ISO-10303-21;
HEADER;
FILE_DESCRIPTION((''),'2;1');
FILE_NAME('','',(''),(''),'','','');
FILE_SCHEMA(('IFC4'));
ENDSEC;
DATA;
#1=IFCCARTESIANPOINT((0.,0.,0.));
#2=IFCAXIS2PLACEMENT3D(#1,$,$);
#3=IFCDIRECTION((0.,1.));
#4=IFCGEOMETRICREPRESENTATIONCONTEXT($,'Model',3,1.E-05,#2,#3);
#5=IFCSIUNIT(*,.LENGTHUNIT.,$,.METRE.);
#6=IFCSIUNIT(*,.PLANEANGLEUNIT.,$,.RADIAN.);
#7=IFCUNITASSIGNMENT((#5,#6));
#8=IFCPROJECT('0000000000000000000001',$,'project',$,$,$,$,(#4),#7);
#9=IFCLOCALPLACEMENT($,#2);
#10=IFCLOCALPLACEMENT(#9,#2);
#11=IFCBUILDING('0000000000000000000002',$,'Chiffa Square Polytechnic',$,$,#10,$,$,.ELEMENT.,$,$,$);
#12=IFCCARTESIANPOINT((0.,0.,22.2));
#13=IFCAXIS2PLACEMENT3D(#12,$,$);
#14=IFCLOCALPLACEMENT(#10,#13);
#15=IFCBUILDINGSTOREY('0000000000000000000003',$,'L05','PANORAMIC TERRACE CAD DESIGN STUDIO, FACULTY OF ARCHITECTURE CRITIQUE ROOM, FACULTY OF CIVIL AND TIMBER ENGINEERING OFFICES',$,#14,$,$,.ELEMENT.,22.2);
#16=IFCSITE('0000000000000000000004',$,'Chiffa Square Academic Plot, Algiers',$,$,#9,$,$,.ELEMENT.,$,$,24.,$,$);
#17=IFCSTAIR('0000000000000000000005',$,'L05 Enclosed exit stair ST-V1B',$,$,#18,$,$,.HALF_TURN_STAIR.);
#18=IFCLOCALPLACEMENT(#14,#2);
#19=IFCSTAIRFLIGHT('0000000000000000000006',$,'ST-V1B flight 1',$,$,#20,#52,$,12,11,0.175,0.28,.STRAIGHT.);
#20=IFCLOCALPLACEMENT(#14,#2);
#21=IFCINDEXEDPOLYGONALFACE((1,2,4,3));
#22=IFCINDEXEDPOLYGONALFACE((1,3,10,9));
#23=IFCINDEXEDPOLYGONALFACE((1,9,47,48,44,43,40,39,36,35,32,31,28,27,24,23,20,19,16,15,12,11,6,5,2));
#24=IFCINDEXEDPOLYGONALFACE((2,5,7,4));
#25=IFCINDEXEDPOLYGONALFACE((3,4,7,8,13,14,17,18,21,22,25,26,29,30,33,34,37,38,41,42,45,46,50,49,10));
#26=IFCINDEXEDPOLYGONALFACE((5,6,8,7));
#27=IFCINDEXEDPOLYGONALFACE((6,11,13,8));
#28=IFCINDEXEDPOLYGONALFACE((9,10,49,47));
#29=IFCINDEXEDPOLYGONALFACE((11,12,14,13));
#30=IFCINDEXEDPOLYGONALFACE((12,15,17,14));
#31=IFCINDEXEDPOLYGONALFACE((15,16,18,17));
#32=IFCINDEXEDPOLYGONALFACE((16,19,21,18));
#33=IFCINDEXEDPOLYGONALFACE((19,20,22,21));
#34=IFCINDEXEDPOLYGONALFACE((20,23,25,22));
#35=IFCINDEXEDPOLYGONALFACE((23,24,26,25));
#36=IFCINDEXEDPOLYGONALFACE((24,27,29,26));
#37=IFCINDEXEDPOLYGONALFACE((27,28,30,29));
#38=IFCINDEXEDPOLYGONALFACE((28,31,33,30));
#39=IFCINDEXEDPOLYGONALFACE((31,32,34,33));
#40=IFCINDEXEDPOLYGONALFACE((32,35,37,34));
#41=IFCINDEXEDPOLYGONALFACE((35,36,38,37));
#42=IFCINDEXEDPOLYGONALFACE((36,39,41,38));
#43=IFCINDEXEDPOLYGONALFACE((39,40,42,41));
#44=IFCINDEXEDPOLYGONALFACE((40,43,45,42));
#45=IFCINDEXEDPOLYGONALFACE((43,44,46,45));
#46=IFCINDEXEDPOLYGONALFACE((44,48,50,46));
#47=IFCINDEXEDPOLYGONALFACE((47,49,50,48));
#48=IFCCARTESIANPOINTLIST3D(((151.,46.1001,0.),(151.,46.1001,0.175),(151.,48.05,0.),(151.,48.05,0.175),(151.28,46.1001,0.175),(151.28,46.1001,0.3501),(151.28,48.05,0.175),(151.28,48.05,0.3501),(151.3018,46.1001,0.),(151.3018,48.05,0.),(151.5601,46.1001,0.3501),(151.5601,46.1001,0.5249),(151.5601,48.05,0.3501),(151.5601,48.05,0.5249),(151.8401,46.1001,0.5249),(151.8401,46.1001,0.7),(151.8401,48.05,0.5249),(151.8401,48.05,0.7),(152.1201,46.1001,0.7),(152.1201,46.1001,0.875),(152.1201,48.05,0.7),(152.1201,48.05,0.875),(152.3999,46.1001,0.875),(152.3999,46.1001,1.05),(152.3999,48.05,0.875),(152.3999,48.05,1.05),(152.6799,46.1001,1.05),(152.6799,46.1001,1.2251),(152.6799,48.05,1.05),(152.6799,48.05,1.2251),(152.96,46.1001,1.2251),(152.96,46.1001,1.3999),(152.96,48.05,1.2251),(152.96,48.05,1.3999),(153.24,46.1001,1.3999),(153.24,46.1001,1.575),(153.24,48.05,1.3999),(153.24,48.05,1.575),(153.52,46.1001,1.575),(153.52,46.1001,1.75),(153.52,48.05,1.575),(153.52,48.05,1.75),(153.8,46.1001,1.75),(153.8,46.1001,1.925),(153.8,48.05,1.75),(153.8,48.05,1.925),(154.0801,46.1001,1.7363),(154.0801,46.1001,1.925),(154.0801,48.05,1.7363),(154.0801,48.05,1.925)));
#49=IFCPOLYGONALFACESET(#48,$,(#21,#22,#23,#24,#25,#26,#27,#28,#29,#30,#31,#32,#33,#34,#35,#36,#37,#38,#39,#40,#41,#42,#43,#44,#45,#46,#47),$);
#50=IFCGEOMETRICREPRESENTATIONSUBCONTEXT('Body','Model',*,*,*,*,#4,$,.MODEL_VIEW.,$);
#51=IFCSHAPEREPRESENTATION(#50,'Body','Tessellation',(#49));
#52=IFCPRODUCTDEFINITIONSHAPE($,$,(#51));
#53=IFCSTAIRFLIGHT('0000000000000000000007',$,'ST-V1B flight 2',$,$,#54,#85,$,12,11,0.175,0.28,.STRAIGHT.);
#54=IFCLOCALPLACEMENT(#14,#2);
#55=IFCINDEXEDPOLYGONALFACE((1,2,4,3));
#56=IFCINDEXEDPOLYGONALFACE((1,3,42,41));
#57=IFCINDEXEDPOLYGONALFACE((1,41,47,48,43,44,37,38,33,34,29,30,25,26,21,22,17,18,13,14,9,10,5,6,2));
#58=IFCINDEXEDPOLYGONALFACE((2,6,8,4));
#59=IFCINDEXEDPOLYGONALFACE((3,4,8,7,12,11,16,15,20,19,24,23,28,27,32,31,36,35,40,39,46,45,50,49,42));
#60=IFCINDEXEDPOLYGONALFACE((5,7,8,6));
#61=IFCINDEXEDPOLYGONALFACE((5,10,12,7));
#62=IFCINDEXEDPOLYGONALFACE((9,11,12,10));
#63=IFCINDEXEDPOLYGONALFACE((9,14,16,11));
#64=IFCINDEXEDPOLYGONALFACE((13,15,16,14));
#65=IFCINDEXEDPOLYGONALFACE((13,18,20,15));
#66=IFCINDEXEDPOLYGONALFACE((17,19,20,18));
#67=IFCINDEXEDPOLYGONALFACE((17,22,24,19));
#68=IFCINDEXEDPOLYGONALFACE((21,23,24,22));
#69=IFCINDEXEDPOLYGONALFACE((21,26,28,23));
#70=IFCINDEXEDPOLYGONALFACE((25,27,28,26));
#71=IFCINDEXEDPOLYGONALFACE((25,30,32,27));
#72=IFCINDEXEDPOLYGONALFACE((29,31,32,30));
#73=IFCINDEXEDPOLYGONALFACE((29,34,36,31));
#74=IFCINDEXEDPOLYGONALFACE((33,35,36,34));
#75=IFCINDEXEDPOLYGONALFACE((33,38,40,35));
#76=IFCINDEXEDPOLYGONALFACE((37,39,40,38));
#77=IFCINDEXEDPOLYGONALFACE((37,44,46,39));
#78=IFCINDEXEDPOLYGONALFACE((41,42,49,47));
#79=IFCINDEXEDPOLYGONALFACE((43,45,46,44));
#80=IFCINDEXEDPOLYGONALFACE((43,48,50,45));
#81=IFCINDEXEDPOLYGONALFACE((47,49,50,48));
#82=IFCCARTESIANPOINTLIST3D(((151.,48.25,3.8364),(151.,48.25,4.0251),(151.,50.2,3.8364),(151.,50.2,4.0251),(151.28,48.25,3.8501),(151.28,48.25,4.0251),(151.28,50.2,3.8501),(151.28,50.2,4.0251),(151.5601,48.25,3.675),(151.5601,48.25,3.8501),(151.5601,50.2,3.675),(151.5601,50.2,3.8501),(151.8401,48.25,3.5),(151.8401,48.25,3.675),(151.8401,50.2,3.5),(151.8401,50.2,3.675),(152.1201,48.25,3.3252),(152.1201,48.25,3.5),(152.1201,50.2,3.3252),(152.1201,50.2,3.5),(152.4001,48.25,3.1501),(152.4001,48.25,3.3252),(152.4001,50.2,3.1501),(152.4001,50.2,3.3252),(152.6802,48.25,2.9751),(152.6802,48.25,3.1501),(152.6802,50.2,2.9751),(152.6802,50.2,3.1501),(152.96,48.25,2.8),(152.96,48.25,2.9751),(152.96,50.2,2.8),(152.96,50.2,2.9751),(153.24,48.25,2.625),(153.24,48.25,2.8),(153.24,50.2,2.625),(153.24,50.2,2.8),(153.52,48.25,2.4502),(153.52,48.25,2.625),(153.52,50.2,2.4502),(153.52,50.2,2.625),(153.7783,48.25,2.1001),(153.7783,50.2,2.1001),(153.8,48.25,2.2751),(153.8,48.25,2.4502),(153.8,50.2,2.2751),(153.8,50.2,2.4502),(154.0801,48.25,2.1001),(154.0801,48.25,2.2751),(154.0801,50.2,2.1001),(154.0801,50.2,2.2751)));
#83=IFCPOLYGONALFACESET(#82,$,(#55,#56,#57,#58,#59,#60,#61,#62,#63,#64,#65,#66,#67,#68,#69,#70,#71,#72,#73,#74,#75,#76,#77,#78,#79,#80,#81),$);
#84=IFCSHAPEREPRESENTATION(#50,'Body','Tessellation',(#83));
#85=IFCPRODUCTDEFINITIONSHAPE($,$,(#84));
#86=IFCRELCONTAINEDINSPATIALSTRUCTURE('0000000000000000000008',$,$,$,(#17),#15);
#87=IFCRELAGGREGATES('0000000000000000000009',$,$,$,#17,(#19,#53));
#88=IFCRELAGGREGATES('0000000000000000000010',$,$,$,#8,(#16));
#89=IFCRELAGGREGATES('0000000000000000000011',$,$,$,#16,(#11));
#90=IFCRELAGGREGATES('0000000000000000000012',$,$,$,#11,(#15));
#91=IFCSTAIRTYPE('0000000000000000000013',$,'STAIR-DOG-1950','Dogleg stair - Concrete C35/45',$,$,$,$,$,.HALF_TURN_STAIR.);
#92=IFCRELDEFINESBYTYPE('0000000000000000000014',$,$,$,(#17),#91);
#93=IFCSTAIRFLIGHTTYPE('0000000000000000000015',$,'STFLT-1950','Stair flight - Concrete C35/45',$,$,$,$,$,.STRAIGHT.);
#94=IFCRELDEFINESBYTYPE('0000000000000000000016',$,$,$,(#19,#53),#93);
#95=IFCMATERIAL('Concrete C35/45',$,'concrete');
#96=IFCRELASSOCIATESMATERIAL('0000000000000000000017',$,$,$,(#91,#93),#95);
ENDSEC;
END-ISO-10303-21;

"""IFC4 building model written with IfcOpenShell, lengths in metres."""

from ifc_helpers import new_model, si_unit, direction, frame, origin, place, context, subcontext, project, spatial, polyline, outline, extrude, material, type_object, element, aggregate, save


model = new_model("IFC4")

# Units and contexts
model_context = context("Model", 3, precision=1e-05, world=origin(), true_north=direction((0.0, 1.0)))
body_context = subcontext(model_context, "Body", "Model", "MODEL_VIEW")
ifc_project = project(units=[si_unit("LENGTHUNIT", "METRE"), si_unit("PLANEANGLEUNIT", "RADIAN")], contexts=[model_context])

# Site, building, storey
site_placement = place(None, origin())
site = spatial("IfcSite", under=ifc_project, at=site_placement, Name="Chiffa Square Academic Plot, Algiers", CompositionType="ELEMENT", RefElevation=24.0)
building_placement = place(site_placement, origin())
building = spatial("IfcBuilding", under=site, at=building_placement, Name="Chiffa Square Polytechnic", CompositionType="ELEMENT")
storey_placement = place(building_placement, frame((0.0, 0.0, 22.2)))
storey = spatial("IfcBuildingStorey", under=building, at=storey_placement, Name="L05", Description="PANORAMIC TERRACE CAD DESIGN STUDIO, FACULTY OF ARCHITECTURE CRITIQUE ROOM, FACULTY OF CIVIL AND TIMBER ENGINEERING OFFICES", CompositionType="ELEMENT", Elevation=22.2)

# Shared definitions
ifc_material_1 = material(Name="Concrete C35/45", Category="concrete")

# Stair, stair flights
stair_type = type_object("IfcStairType", Name="STAIR-DOG-1950", Description="Dogleg stair - Concrete C35/45", PredefinedType="HALF_TURN_STAIR", material=ifc_material_1)
stair_placement = place(storey_placement, origin())
stair = element("IfcStair", 1, at=stair_placement, inside=storey, type_object=stair_type, Name="L05 Enclosed exit stair ST-V1B", PredefinedType="HALF_TURN_STAIR")
stair_flight_type = type_object("IfcStairFlightType", Name="STFLT-1950", Description="Stair flight - Concrete C35/45", PredefinedType="STRAIGHT", material=ifc_material_1)
stair_flight_1_placement = place(storey_placement, frame((151.0, 47.075, 0.0), z_axis=(0.0, 0.0, 1.0), x_axis=(1.0, 0.0, 0.0)))
stair_flight_1 = element("IfcStairFlight", 2, at=stair_flight_1_placement, type_object=stair_flight_type, Name="ST-V1B flight 1", NumberOfRisers=12, NumberOfTreads=11, PredefinedType="STRAIGHT", RiserHeight=0.175, TreadLength=0.28, context=body_context, shape_type="SweptSolid", body=[
    extrude(outline(polyline([(0.0, 0.0), (0.0, 0.175), (0.28, 0.175), (0.28, 0.3501), (0.5601, 0.3501), (0.5601, 0.5249), (0.8401, 0.5249), (0.8401, 0.7), (1.1201, 0.7), (1.1201, 0.875), (1.3999, 0.875), (1.3999, 1.05), (1.6799, 1.05), (1.6799, 1.2251), (1.96, 1.2251), (1.96, 1.3999), (2.24, 1.3999), (2.24, 1.575), (2.52, 1.575), (2.52, 1.75), (2.8, 1.75), (2.8, 1.925), (3.0801, 1.925), (3.0801, 2.1001), (3.0801, 1.7363), (0.3018, 0.0), (0.0, 0.0)])), frame((0.0, 0.9751, 0.0), z_axis=(0.0, -1.0, 0.0), x_axis=(1.0, 0.0, 0.0)), (0.0, 0.0, 1.0), 1.95),
])
stair_flight_2_placement = place(storey_placement, frame((154.0801, 49.2251, 2.1001), z_axis=(0.0, 0.0, 1.0), x_axis=(-1.0, 0.0, 0.0)))
stair_flight_2 = element("IfcStairFlight", 3, at=stair_flight_2_placement, type_object=stair_flight_type, Name="ST-V1B flight 2", NumberOfRisers=12, NumberOfTreads=11, PredefinedType="STRAIGHT", RiserHeight=0.175, TreadLength=0.28, context=body_context, shape_type="SweptSolid", body=[
    extrude(outline(polyline([(0.0, 0.0), (0.0, 0.175), (0.28, 0.175), (0.28, 0.3501), (0.5601, 0.3501), (0.5601, 0.5249), (0.8401, 0.5249), (0.8401, 0.7), (1.1201, 0.7), (1.1201, 0.875), (1.3999, 0.875), (1.3999, 1.05), (1.6799, 1.05), (1.6799, 1.2251), (1.96, 1.2251), (1.96, 1.3999), (2.24, 1.3999), (2.24, 1.575), (2.52, 1.575), (2.52, 1.75), (2.8, 1.75), (2.8, 1.925), (3.0801, 1.925), (3.0801, 2.1001), (3.0801, 1.7363), (0.3018, 0.0), (0.0, 0.0)])), frame((0.0, 0.9751, 0.0), z_axis=(0.0, -1.0, 0.0), x_axis=(1.0, 0.0, 0.0)), (0.0, 0.0, 1.0), 1.95),
])
aggregate(stair, [stair_flight_1, stair_flight_2])

save(model, "model.ifc")
